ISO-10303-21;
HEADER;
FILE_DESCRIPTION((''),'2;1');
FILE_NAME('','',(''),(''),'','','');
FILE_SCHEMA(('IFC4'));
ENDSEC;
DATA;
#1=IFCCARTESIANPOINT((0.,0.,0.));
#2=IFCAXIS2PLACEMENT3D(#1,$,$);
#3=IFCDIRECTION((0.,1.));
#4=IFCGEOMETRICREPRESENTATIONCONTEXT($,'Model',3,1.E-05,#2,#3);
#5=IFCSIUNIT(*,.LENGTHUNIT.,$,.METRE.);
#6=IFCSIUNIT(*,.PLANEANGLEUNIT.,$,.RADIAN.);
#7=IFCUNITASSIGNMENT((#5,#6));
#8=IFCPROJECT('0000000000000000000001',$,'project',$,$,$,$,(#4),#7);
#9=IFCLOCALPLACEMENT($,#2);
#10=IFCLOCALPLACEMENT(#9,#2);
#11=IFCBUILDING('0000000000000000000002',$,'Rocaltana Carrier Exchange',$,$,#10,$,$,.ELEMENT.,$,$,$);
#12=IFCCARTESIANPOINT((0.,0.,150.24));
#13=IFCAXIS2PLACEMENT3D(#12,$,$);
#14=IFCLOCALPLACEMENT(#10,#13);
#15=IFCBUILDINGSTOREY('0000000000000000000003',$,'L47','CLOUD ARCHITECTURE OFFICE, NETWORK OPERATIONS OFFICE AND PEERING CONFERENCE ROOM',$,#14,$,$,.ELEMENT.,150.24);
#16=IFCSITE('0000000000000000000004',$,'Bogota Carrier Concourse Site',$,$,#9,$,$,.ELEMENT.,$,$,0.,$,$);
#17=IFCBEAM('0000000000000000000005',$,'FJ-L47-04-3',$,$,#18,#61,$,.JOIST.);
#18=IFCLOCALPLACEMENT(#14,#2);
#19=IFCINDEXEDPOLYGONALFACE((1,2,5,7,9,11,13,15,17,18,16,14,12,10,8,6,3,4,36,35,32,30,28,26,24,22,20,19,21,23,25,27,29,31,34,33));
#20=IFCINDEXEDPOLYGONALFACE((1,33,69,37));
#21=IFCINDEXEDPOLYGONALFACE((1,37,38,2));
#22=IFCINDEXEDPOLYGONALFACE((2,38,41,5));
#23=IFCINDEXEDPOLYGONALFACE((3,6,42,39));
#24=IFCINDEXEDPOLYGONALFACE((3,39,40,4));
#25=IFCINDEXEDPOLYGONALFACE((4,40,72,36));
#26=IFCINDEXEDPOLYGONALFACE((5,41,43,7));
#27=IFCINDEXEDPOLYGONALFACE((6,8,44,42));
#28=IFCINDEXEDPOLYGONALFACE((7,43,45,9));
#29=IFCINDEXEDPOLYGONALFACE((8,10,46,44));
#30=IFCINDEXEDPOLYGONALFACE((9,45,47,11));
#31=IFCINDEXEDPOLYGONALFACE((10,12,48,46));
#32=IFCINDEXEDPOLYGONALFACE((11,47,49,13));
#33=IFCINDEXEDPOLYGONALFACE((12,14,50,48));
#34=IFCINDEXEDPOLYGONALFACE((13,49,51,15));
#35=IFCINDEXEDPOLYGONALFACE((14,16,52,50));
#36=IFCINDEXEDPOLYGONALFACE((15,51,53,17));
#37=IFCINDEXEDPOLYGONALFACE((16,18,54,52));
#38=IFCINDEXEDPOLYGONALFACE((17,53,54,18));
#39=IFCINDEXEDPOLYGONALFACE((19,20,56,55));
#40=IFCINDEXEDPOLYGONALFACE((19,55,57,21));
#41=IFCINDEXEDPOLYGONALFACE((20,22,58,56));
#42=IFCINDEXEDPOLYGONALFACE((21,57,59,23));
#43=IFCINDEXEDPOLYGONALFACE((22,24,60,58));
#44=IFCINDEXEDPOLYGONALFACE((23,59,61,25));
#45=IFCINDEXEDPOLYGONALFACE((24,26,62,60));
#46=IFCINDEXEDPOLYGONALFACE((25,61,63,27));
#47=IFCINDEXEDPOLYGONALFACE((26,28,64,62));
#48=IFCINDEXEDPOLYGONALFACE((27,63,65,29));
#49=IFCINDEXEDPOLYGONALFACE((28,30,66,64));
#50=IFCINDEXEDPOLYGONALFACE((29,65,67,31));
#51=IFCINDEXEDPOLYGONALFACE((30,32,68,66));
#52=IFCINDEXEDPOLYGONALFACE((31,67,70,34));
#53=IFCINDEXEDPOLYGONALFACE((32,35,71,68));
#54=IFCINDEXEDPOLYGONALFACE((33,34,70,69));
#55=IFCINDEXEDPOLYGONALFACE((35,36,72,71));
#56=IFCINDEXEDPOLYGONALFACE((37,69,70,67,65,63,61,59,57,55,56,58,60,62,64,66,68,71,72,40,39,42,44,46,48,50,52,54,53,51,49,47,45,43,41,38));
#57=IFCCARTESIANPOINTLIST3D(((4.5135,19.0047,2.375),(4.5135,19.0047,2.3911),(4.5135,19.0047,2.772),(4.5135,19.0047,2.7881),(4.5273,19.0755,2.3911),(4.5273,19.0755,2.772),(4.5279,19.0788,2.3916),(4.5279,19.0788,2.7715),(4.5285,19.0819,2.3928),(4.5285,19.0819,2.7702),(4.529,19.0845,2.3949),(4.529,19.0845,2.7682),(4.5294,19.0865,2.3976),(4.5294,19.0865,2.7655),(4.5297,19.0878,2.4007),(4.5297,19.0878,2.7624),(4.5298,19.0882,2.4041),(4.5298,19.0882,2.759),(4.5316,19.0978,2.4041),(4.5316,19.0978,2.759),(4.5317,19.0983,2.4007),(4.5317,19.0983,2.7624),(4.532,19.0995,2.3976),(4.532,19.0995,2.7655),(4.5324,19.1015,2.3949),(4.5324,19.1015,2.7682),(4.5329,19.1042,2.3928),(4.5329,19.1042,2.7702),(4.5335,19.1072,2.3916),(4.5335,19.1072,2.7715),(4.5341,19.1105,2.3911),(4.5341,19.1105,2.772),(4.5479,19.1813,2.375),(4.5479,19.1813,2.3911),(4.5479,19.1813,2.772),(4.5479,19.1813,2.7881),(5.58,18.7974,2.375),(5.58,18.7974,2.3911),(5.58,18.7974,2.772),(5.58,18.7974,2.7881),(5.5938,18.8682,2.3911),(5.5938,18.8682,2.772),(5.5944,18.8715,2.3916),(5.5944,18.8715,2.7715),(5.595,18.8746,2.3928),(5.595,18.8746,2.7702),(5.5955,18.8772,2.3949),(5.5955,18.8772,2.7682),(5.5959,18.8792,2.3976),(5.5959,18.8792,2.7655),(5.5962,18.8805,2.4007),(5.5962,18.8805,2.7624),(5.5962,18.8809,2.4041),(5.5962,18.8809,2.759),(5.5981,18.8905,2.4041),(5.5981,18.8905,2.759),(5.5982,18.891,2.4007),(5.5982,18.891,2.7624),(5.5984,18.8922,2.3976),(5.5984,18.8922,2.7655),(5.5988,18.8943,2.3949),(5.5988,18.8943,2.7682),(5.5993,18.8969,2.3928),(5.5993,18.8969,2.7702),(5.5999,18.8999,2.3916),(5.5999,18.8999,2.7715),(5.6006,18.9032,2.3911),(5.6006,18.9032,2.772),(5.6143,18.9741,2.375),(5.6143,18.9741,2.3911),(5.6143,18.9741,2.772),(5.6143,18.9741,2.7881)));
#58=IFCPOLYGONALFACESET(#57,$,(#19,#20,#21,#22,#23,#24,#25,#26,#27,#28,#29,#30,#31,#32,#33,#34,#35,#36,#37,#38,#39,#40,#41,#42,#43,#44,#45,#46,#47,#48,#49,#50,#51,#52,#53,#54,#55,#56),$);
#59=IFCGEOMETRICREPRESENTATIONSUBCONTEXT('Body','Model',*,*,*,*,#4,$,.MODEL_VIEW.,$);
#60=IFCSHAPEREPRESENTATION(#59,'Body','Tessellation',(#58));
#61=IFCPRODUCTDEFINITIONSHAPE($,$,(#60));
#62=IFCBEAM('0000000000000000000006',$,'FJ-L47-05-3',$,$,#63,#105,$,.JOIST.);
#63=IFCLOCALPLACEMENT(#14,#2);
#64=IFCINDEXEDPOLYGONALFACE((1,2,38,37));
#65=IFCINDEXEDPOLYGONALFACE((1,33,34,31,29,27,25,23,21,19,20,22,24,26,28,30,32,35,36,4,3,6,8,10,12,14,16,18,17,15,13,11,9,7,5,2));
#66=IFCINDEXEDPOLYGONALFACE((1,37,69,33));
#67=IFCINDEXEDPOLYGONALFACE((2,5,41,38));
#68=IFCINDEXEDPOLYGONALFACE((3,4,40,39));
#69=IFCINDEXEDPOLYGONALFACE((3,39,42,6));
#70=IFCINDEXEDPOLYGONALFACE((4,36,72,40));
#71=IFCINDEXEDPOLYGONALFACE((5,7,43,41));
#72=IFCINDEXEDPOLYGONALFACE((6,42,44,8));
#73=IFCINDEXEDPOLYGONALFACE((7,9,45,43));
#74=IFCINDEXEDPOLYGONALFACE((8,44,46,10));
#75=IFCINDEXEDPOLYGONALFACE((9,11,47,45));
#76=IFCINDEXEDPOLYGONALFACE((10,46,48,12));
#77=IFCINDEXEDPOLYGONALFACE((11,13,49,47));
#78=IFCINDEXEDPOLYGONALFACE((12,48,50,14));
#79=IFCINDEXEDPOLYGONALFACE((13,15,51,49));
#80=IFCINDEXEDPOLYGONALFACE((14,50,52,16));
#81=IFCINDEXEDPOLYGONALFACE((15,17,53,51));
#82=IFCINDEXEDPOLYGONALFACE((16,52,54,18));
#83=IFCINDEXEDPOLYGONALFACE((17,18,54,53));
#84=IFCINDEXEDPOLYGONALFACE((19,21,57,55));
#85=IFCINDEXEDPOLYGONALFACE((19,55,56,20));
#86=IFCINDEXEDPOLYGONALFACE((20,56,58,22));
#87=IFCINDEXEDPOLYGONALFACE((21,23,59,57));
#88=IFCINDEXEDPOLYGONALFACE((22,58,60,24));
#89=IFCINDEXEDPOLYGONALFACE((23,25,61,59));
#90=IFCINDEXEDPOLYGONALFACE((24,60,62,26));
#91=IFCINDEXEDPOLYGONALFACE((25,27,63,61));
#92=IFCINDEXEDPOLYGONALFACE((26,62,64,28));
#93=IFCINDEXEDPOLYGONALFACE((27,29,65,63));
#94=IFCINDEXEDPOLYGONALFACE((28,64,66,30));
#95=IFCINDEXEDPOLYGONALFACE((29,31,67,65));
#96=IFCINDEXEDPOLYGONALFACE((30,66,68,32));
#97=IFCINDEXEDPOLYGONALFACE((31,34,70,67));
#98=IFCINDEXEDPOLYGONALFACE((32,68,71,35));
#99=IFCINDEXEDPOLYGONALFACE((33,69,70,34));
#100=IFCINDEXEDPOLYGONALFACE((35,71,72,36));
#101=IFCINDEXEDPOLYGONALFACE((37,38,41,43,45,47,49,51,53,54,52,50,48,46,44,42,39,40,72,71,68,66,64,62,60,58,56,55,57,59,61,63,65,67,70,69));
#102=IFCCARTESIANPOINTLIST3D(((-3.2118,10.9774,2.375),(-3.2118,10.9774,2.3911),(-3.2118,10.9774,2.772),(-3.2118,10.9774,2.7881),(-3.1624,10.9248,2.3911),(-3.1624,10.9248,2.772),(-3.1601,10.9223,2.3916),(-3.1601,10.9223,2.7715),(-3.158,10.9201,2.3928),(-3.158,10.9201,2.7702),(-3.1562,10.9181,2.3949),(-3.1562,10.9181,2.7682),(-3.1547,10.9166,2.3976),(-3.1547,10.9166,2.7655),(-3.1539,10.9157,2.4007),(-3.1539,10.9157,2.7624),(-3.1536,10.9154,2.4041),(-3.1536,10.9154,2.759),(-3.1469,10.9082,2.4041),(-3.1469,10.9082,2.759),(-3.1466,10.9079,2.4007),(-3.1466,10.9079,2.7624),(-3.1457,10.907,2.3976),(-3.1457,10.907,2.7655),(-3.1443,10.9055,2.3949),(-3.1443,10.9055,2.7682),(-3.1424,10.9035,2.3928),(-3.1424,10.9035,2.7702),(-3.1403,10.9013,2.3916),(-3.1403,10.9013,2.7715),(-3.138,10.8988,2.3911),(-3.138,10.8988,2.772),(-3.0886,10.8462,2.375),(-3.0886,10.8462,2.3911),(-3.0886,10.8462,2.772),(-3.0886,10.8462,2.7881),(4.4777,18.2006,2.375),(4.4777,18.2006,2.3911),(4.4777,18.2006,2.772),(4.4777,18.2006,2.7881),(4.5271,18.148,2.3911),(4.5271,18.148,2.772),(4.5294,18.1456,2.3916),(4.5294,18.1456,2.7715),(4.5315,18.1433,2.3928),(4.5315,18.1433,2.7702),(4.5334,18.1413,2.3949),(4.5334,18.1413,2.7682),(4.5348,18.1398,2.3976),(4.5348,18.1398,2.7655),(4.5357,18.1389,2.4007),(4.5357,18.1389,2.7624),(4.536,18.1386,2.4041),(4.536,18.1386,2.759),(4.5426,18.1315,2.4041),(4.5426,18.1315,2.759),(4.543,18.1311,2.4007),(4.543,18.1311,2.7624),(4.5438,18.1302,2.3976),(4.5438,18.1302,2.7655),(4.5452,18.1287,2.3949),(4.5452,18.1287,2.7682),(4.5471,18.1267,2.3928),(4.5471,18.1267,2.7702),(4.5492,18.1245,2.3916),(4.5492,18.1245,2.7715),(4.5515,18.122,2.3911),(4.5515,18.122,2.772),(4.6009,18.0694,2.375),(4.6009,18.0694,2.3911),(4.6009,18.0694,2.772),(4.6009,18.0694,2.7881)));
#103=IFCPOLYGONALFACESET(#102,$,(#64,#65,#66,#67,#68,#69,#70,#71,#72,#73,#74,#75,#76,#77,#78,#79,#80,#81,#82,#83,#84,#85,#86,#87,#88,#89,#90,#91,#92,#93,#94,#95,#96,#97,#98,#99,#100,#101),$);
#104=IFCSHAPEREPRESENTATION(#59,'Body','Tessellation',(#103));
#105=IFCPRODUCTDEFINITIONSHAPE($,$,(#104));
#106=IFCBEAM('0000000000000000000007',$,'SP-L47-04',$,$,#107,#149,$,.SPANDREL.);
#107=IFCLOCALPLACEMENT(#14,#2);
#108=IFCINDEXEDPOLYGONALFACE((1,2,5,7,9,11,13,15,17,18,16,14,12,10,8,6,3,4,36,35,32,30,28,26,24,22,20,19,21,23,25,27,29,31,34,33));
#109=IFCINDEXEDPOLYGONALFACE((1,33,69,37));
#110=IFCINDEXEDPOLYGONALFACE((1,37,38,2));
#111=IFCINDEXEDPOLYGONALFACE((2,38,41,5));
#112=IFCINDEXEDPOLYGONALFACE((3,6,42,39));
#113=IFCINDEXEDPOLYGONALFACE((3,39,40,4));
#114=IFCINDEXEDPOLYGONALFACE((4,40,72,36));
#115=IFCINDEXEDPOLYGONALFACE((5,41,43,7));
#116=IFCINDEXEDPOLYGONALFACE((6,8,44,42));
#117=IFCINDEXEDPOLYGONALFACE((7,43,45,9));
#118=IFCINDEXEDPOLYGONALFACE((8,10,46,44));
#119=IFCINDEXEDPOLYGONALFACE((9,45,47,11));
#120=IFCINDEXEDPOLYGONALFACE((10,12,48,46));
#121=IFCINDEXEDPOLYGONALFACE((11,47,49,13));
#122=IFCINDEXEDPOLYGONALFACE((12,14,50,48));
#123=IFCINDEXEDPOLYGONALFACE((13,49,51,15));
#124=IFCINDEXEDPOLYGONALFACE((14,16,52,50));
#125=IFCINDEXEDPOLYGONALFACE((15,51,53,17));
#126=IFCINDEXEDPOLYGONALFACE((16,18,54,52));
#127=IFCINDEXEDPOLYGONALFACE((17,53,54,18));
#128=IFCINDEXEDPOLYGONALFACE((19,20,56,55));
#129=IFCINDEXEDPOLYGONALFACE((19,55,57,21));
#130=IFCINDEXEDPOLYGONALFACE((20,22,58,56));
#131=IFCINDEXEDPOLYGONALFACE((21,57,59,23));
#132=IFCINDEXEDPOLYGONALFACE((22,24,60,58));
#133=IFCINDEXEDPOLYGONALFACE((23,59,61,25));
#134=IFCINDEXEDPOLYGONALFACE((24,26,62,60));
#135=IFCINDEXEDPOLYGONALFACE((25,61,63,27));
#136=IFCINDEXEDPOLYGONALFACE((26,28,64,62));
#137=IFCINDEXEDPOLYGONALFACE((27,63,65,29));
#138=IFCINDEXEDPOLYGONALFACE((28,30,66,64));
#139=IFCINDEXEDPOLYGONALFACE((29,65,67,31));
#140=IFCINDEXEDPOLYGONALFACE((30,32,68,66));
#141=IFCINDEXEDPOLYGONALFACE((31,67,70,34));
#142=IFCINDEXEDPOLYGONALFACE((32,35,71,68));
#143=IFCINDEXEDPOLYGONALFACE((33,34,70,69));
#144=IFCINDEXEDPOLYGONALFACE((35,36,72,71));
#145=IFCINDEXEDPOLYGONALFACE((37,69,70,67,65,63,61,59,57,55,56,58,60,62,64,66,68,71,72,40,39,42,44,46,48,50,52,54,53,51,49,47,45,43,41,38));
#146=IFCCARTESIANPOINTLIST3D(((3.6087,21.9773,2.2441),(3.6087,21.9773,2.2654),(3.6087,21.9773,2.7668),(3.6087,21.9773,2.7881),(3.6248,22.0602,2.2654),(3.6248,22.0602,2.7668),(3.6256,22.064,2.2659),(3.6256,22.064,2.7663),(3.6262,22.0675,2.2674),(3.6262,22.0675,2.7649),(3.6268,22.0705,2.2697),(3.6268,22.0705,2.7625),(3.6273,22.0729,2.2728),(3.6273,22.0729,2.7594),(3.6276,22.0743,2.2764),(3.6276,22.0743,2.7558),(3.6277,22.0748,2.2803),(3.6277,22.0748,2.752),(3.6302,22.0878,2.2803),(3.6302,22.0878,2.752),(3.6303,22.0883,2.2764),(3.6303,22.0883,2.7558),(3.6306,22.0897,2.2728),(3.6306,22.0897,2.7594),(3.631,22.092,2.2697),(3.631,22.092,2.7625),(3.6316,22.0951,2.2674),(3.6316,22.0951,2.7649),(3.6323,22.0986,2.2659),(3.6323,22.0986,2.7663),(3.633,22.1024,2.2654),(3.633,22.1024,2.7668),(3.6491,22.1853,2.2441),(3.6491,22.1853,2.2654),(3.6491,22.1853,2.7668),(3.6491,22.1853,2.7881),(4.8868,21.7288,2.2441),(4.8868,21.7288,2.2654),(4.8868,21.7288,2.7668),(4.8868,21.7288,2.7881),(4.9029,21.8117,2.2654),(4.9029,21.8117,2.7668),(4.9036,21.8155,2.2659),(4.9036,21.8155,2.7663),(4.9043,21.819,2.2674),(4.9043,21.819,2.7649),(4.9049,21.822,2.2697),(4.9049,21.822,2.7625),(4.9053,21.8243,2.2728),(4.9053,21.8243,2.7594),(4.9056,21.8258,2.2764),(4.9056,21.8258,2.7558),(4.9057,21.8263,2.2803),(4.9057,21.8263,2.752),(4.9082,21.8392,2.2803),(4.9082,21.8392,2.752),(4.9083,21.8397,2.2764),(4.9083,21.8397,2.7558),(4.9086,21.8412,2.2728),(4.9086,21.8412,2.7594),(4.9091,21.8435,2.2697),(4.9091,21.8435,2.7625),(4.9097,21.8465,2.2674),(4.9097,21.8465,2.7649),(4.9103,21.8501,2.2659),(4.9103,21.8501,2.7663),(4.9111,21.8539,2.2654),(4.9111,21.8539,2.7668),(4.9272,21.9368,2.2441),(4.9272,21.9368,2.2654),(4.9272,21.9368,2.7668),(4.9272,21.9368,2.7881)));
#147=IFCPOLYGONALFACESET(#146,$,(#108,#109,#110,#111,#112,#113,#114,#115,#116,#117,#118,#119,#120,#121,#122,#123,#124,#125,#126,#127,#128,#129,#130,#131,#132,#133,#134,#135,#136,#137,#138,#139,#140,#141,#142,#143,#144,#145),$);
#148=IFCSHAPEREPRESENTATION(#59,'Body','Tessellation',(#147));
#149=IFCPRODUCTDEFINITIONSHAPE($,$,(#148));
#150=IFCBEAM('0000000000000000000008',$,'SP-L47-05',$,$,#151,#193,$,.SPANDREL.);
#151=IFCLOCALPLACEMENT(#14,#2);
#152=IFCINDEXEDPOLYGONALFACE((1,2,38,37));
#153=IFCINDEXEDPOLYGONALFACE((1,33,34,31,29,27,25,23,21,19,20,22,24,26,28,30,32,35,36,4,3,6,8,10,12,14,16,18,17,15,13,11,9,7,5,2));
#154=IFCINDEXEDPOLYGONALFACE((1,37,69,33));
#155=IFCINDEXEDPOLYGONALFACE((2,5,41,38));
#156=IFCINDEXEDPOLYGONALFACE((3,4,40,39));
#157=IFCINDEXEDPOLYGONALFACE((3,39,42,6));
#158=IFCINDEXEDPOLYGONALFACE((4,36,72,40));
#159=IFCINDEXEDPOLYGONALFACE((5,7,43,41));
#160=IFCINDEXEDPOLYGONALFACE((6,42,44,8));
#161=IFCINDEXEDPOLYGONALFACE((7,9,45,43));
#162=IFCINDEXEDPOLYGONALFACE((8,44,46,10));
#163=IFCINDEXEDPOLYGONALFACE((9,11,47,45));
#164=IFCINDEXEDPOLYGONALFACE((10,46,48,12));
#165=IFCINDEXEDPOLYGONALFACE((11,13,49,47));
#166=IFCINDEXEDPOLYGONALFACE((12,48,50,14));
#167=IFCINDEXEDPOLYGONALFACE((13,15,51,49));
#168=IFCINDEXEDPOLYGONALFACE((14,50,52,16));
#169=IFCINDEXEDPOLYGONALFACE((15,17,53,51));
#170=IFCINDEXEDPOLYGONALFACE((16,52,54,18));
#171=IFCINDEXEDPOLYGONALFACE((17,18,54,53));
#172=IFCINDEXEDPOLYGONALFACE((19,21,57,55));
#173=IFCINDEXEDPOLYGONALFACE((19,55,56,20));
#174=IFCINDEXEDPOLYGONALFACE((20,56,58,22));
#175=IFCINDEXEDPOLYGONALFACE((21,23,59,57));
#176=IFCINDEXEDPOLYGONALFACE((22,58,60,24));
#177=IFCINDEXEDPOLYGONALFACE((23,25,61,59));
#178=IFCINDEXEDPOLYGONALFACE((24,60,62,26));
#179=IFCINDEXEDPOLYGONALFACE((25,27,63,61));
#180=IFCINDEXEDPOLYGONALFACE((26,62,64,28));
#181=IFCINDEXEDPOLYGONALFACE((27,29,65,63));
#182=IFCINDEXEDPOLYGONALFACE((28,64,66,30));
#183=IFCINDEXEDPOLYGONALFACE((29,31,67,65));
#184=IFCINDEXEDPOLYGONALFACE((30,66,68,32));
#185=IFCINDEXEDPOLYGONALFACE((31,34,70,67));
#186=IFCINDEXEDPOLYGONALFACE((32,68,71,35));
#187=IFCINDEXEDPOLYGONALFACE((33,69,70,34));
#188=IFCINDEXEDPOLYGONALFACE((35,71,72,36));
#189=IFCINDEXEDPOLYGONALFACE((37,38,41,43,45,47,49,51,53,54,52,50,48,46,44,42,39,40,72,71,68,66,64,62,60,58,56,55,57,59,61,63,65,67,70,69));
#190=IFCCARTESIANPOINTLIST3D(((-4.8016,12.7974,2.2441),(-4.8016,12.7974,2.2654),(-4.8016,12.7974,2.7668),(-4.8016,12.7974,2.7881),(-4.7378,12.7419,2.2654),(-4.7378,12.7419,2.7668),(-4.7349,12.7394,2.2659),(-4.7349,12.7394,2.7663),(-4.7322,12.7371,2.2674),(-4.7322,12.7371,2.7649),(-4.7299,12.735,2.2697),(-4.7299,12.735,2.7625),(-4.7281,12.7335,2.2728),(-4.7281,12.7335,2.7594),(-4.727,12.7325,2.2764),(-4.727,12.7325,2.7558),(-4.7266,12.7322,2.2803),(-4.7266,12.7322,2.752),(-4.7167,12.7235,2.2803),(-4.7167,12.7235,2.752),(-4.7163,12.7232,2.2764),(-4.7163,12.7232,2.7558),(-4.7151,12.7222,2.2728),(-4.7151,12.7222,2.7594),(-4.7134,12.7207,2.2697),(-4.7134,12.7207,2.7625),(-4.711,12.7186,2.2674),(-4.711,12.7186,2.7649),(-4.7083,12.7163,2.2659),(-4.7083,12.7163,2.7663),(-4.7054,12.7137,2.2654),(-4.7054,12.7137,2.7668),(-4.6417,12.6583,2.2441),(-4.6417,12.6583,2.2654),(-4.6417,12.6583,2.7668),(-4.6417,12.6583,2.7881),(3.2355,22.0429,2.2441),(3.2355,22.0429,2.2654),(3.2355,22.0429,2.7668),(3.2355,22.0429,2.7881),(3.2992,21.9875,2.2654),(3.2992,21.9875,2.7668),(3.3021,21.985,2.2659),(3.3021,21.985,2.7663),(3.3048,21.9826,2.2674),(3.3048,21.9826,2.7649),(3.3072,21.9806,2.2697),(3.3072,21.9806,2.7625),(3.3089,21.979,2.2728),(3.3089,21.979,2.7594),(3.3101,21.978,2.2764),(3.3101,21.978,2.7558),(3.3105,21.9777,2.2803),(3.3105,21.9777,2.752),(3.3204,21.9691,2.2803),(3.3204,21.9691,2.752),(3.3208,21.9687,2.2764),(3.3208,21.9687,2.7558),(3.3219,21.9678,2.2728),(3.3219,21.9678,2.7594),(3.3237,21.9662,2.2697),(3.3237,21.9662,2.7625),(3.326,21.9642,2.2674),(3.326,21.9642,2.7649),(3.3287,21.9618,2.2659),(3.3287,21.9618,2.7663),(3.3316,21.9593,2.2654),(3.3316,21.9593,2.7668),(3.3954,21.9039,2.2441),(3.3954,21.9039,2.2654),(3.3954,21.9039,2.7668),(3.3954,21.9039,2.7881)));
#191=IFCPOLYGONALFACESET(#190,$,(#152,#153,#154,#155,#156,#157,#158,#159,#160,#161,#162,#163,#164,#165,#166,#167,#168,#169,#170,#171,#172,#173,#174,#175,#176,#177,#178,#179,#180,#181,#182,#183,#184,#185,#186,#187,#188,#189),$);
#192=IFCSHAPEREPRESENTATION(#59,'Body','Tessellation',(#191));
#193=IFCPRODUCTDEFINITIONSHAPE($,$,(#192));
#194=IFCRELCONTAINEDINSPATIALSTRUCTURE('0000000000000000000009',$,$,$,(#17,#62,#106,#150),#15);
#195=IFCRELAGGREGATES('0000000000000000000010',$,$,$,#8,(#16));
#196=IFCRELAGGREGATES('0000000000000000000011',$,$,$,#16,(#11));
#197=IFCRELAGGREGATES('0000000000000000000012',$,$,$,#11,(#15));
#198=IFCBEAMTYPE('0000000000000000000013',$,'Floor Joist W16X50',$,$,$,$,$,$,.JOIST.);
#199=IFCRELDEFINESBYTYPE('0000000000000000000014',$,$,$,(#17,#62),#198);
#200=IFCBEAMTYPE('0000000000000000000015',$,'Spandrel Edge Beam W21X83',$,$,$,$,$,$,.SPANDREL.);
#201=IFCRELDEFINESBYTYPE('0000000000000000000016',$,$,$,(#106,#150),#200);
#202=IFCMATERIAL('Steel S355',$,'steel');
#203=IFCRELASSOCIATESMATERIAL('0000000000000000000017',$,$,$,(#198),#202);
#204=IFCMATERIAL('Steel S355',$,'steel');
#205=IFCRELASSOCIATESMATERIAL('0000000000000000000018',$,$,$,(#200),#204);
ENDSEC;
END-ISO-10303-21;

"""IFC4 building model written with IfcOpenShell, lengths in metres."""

from ifc_helpers import new_model, si_unit, direction, frame, origin, origin_2d, place, context, subcontext, project, spatial, i_section, extrude, material, material_profile, profile_set, type_object, element, save


model = new_model("IFC4")

# Units and contexts
model_context = context("Model", 3, precision=1e-05, world=origin(), true_north=direction((0.0, 1.0)))
body_context = subcontext(model_context, "Body", "Model", "MODEL_VIEW")
ifc_project = project(units=[si_unit("LENGTHUNIT", "METRE"), si_unit("PLANEANGLEUNIT", "RADIAN")], contexts=[model_context])

# Site, building, storey
site_placement = place(None, origin())
site = spatial("IfcSite", under=ifc_project, at=site_placement, Name="Bogota Carrier Concourse Site", CompositionType="ELEMENT", RefElevation=0.0)
building_placement = place(site_placement, origin())
building = spatial("IfcBuilding", under=site, at=building_placement, Name="Rocaltana Carrier Exchange", CompositionType="ELEMENT")
storey_placement = place(building_placement, frame((0.0, 0.0, 150.24)))
storey = spatial("IfcBuildingStorey", under=building, at=storey_placement, Name="L47", Description="CLOUD ARCHITECTURE OFFICE, NETWORK OPERATIONS OFFICE AND PEERING CONFERENCE ROOM", CompositionType="ELEMENT", Elevation=150.24)

# Beams
ifc_material_1 = material(Name="Steel S355", Category="steel")
ifc_material_profile_1 = material_profile(ifc_material_1, i_section(OverallWidth=0.1799, OverallDepth=0.4131, WebThickness=0.0098, FlangeThickness=0.0161, FilletRadius=0.0129, at=origin_2d()), Name="W16X50")
ifc_profile_set_1 = profile_set([ifc_material_profile_1], Name="Steel S355")
beam_type_1 = type_object("IfcBeamType", Name="Floor Joist W16X50", PredefinedType="JOIST", material=ifc_profile_set_1)
beam_1_placement = place(storey_placement, frame((5.5972, 18.8857, 2.5815), z_axis=(-0.981629, 0.190797, 0.0), x_axis=(-0.190797, -0.981629, 0.0)))
element("IfcBeam", 1, at=beam_1_placement, inside=storey, type_object=beam_type_1, Name="FJ-L47-04-3", PredefinedType="JOIST", context=body_context, shape_type="SweptSolid", body=[
    extrude(i_section(OverallWidth=0.1799, OverallDepth=0.4131, WebThickness=0.0098, FlangeThickness=0.0161, FilletRadius=0.0129, at=origin_2d()), origin(), (0.0, 0.0, 1.0), 1.0864),
])
beam_2_placement = place(storey_placement, frame((4.5393, 18.135, 2.5815), z_axis=(-0.728861, -0.684661, 0.0), x_axis=(0.684661, -0.728861, 0.0)))
element("IfcBeam", 2, at=beam_2_placement, inside=storey, type_object=beam_type_1, Name="FJ-L47-05-3", PredefinedType="JOIST", context=body_context, shape_type="SweptSolid", body=[
    extrude(i_section(OverallWidth=0.1799, OverallDepth=0.4131, WebThickness=0.0098, FlangeThickness=0.0161, FilletRadius=0.0129, at=origin_2d()), origin(), (0.0, 0.0, 1.0), 10.55),
])
ifc_material_2 = material(Name="Steel S355", Category="steel")
ifc_material_profile_2 = material_profile(ifc_material_2, i_section(OverallWidth=0.2119, OverallDepth=0.5439, WebThickness=0.0132, FlangeThickness=0.0212, FilletRadius=0.0149, at=origin_2d()), Name="W21X83")
ifc_profile_set_2 = profile_set([ifc_material_profile_2], Name="Steel S355")
beam_type_2 = type_object("IfcBeamType", Name="Spandrel Edge Beam W21X83", PredefinedType="SPANDREL", material=ifc_profile_set_2)
beam_3_placement = place(storey_placement, frame((4.907, 21.8328, 2.5161), z_axis=(-0.981612, 0.190885, 0.0), x_axis=(-0.190885, -0.981612, 0.0)))
element("IfcBeam", 3, at=beam_3_placement, inside=storey, type_object=beam_type_2, Name="SP-L47-04", PredefinedType="SPANDREL", context=body_context, shape_type="SweptSolid", body=[
    extrude(i_section(OverallWidth=0.2119, OverallDepth=0.5439, WebThickness=0.0132, FlangeThickness=0.0212, FilletRadius=0.0149, at=origin_2d()), origin(), (0.0, 0.0, 1.0), 1.302),
])
beam_4_placement = place(storey_placement, frame((3.3154, 21.9734, 2.5161), z_axis=(-0.65606, -0.754708, 0.0), x_axis=(0.754708, -0.65606, 0.0)))
element("IfcBeam", 4, at=beam_4_placement, inside=storey, type_object=beam_type_2, Name="SP-L47-05", PredefinedType="SPANDREL", context=body_context, shape_type="SweptSolid", body=[
    extrude(i_section(OverallWidth=0.2119, OverallDepth=0.5439, WebThickness=0.0132, FlangeThickness=0.0212, FilletRadius=0.0149, at=origin_2d()), origin(), (0.0, 0.0, 1.0), 12.2505),
])

save(model, "model.ifc")
